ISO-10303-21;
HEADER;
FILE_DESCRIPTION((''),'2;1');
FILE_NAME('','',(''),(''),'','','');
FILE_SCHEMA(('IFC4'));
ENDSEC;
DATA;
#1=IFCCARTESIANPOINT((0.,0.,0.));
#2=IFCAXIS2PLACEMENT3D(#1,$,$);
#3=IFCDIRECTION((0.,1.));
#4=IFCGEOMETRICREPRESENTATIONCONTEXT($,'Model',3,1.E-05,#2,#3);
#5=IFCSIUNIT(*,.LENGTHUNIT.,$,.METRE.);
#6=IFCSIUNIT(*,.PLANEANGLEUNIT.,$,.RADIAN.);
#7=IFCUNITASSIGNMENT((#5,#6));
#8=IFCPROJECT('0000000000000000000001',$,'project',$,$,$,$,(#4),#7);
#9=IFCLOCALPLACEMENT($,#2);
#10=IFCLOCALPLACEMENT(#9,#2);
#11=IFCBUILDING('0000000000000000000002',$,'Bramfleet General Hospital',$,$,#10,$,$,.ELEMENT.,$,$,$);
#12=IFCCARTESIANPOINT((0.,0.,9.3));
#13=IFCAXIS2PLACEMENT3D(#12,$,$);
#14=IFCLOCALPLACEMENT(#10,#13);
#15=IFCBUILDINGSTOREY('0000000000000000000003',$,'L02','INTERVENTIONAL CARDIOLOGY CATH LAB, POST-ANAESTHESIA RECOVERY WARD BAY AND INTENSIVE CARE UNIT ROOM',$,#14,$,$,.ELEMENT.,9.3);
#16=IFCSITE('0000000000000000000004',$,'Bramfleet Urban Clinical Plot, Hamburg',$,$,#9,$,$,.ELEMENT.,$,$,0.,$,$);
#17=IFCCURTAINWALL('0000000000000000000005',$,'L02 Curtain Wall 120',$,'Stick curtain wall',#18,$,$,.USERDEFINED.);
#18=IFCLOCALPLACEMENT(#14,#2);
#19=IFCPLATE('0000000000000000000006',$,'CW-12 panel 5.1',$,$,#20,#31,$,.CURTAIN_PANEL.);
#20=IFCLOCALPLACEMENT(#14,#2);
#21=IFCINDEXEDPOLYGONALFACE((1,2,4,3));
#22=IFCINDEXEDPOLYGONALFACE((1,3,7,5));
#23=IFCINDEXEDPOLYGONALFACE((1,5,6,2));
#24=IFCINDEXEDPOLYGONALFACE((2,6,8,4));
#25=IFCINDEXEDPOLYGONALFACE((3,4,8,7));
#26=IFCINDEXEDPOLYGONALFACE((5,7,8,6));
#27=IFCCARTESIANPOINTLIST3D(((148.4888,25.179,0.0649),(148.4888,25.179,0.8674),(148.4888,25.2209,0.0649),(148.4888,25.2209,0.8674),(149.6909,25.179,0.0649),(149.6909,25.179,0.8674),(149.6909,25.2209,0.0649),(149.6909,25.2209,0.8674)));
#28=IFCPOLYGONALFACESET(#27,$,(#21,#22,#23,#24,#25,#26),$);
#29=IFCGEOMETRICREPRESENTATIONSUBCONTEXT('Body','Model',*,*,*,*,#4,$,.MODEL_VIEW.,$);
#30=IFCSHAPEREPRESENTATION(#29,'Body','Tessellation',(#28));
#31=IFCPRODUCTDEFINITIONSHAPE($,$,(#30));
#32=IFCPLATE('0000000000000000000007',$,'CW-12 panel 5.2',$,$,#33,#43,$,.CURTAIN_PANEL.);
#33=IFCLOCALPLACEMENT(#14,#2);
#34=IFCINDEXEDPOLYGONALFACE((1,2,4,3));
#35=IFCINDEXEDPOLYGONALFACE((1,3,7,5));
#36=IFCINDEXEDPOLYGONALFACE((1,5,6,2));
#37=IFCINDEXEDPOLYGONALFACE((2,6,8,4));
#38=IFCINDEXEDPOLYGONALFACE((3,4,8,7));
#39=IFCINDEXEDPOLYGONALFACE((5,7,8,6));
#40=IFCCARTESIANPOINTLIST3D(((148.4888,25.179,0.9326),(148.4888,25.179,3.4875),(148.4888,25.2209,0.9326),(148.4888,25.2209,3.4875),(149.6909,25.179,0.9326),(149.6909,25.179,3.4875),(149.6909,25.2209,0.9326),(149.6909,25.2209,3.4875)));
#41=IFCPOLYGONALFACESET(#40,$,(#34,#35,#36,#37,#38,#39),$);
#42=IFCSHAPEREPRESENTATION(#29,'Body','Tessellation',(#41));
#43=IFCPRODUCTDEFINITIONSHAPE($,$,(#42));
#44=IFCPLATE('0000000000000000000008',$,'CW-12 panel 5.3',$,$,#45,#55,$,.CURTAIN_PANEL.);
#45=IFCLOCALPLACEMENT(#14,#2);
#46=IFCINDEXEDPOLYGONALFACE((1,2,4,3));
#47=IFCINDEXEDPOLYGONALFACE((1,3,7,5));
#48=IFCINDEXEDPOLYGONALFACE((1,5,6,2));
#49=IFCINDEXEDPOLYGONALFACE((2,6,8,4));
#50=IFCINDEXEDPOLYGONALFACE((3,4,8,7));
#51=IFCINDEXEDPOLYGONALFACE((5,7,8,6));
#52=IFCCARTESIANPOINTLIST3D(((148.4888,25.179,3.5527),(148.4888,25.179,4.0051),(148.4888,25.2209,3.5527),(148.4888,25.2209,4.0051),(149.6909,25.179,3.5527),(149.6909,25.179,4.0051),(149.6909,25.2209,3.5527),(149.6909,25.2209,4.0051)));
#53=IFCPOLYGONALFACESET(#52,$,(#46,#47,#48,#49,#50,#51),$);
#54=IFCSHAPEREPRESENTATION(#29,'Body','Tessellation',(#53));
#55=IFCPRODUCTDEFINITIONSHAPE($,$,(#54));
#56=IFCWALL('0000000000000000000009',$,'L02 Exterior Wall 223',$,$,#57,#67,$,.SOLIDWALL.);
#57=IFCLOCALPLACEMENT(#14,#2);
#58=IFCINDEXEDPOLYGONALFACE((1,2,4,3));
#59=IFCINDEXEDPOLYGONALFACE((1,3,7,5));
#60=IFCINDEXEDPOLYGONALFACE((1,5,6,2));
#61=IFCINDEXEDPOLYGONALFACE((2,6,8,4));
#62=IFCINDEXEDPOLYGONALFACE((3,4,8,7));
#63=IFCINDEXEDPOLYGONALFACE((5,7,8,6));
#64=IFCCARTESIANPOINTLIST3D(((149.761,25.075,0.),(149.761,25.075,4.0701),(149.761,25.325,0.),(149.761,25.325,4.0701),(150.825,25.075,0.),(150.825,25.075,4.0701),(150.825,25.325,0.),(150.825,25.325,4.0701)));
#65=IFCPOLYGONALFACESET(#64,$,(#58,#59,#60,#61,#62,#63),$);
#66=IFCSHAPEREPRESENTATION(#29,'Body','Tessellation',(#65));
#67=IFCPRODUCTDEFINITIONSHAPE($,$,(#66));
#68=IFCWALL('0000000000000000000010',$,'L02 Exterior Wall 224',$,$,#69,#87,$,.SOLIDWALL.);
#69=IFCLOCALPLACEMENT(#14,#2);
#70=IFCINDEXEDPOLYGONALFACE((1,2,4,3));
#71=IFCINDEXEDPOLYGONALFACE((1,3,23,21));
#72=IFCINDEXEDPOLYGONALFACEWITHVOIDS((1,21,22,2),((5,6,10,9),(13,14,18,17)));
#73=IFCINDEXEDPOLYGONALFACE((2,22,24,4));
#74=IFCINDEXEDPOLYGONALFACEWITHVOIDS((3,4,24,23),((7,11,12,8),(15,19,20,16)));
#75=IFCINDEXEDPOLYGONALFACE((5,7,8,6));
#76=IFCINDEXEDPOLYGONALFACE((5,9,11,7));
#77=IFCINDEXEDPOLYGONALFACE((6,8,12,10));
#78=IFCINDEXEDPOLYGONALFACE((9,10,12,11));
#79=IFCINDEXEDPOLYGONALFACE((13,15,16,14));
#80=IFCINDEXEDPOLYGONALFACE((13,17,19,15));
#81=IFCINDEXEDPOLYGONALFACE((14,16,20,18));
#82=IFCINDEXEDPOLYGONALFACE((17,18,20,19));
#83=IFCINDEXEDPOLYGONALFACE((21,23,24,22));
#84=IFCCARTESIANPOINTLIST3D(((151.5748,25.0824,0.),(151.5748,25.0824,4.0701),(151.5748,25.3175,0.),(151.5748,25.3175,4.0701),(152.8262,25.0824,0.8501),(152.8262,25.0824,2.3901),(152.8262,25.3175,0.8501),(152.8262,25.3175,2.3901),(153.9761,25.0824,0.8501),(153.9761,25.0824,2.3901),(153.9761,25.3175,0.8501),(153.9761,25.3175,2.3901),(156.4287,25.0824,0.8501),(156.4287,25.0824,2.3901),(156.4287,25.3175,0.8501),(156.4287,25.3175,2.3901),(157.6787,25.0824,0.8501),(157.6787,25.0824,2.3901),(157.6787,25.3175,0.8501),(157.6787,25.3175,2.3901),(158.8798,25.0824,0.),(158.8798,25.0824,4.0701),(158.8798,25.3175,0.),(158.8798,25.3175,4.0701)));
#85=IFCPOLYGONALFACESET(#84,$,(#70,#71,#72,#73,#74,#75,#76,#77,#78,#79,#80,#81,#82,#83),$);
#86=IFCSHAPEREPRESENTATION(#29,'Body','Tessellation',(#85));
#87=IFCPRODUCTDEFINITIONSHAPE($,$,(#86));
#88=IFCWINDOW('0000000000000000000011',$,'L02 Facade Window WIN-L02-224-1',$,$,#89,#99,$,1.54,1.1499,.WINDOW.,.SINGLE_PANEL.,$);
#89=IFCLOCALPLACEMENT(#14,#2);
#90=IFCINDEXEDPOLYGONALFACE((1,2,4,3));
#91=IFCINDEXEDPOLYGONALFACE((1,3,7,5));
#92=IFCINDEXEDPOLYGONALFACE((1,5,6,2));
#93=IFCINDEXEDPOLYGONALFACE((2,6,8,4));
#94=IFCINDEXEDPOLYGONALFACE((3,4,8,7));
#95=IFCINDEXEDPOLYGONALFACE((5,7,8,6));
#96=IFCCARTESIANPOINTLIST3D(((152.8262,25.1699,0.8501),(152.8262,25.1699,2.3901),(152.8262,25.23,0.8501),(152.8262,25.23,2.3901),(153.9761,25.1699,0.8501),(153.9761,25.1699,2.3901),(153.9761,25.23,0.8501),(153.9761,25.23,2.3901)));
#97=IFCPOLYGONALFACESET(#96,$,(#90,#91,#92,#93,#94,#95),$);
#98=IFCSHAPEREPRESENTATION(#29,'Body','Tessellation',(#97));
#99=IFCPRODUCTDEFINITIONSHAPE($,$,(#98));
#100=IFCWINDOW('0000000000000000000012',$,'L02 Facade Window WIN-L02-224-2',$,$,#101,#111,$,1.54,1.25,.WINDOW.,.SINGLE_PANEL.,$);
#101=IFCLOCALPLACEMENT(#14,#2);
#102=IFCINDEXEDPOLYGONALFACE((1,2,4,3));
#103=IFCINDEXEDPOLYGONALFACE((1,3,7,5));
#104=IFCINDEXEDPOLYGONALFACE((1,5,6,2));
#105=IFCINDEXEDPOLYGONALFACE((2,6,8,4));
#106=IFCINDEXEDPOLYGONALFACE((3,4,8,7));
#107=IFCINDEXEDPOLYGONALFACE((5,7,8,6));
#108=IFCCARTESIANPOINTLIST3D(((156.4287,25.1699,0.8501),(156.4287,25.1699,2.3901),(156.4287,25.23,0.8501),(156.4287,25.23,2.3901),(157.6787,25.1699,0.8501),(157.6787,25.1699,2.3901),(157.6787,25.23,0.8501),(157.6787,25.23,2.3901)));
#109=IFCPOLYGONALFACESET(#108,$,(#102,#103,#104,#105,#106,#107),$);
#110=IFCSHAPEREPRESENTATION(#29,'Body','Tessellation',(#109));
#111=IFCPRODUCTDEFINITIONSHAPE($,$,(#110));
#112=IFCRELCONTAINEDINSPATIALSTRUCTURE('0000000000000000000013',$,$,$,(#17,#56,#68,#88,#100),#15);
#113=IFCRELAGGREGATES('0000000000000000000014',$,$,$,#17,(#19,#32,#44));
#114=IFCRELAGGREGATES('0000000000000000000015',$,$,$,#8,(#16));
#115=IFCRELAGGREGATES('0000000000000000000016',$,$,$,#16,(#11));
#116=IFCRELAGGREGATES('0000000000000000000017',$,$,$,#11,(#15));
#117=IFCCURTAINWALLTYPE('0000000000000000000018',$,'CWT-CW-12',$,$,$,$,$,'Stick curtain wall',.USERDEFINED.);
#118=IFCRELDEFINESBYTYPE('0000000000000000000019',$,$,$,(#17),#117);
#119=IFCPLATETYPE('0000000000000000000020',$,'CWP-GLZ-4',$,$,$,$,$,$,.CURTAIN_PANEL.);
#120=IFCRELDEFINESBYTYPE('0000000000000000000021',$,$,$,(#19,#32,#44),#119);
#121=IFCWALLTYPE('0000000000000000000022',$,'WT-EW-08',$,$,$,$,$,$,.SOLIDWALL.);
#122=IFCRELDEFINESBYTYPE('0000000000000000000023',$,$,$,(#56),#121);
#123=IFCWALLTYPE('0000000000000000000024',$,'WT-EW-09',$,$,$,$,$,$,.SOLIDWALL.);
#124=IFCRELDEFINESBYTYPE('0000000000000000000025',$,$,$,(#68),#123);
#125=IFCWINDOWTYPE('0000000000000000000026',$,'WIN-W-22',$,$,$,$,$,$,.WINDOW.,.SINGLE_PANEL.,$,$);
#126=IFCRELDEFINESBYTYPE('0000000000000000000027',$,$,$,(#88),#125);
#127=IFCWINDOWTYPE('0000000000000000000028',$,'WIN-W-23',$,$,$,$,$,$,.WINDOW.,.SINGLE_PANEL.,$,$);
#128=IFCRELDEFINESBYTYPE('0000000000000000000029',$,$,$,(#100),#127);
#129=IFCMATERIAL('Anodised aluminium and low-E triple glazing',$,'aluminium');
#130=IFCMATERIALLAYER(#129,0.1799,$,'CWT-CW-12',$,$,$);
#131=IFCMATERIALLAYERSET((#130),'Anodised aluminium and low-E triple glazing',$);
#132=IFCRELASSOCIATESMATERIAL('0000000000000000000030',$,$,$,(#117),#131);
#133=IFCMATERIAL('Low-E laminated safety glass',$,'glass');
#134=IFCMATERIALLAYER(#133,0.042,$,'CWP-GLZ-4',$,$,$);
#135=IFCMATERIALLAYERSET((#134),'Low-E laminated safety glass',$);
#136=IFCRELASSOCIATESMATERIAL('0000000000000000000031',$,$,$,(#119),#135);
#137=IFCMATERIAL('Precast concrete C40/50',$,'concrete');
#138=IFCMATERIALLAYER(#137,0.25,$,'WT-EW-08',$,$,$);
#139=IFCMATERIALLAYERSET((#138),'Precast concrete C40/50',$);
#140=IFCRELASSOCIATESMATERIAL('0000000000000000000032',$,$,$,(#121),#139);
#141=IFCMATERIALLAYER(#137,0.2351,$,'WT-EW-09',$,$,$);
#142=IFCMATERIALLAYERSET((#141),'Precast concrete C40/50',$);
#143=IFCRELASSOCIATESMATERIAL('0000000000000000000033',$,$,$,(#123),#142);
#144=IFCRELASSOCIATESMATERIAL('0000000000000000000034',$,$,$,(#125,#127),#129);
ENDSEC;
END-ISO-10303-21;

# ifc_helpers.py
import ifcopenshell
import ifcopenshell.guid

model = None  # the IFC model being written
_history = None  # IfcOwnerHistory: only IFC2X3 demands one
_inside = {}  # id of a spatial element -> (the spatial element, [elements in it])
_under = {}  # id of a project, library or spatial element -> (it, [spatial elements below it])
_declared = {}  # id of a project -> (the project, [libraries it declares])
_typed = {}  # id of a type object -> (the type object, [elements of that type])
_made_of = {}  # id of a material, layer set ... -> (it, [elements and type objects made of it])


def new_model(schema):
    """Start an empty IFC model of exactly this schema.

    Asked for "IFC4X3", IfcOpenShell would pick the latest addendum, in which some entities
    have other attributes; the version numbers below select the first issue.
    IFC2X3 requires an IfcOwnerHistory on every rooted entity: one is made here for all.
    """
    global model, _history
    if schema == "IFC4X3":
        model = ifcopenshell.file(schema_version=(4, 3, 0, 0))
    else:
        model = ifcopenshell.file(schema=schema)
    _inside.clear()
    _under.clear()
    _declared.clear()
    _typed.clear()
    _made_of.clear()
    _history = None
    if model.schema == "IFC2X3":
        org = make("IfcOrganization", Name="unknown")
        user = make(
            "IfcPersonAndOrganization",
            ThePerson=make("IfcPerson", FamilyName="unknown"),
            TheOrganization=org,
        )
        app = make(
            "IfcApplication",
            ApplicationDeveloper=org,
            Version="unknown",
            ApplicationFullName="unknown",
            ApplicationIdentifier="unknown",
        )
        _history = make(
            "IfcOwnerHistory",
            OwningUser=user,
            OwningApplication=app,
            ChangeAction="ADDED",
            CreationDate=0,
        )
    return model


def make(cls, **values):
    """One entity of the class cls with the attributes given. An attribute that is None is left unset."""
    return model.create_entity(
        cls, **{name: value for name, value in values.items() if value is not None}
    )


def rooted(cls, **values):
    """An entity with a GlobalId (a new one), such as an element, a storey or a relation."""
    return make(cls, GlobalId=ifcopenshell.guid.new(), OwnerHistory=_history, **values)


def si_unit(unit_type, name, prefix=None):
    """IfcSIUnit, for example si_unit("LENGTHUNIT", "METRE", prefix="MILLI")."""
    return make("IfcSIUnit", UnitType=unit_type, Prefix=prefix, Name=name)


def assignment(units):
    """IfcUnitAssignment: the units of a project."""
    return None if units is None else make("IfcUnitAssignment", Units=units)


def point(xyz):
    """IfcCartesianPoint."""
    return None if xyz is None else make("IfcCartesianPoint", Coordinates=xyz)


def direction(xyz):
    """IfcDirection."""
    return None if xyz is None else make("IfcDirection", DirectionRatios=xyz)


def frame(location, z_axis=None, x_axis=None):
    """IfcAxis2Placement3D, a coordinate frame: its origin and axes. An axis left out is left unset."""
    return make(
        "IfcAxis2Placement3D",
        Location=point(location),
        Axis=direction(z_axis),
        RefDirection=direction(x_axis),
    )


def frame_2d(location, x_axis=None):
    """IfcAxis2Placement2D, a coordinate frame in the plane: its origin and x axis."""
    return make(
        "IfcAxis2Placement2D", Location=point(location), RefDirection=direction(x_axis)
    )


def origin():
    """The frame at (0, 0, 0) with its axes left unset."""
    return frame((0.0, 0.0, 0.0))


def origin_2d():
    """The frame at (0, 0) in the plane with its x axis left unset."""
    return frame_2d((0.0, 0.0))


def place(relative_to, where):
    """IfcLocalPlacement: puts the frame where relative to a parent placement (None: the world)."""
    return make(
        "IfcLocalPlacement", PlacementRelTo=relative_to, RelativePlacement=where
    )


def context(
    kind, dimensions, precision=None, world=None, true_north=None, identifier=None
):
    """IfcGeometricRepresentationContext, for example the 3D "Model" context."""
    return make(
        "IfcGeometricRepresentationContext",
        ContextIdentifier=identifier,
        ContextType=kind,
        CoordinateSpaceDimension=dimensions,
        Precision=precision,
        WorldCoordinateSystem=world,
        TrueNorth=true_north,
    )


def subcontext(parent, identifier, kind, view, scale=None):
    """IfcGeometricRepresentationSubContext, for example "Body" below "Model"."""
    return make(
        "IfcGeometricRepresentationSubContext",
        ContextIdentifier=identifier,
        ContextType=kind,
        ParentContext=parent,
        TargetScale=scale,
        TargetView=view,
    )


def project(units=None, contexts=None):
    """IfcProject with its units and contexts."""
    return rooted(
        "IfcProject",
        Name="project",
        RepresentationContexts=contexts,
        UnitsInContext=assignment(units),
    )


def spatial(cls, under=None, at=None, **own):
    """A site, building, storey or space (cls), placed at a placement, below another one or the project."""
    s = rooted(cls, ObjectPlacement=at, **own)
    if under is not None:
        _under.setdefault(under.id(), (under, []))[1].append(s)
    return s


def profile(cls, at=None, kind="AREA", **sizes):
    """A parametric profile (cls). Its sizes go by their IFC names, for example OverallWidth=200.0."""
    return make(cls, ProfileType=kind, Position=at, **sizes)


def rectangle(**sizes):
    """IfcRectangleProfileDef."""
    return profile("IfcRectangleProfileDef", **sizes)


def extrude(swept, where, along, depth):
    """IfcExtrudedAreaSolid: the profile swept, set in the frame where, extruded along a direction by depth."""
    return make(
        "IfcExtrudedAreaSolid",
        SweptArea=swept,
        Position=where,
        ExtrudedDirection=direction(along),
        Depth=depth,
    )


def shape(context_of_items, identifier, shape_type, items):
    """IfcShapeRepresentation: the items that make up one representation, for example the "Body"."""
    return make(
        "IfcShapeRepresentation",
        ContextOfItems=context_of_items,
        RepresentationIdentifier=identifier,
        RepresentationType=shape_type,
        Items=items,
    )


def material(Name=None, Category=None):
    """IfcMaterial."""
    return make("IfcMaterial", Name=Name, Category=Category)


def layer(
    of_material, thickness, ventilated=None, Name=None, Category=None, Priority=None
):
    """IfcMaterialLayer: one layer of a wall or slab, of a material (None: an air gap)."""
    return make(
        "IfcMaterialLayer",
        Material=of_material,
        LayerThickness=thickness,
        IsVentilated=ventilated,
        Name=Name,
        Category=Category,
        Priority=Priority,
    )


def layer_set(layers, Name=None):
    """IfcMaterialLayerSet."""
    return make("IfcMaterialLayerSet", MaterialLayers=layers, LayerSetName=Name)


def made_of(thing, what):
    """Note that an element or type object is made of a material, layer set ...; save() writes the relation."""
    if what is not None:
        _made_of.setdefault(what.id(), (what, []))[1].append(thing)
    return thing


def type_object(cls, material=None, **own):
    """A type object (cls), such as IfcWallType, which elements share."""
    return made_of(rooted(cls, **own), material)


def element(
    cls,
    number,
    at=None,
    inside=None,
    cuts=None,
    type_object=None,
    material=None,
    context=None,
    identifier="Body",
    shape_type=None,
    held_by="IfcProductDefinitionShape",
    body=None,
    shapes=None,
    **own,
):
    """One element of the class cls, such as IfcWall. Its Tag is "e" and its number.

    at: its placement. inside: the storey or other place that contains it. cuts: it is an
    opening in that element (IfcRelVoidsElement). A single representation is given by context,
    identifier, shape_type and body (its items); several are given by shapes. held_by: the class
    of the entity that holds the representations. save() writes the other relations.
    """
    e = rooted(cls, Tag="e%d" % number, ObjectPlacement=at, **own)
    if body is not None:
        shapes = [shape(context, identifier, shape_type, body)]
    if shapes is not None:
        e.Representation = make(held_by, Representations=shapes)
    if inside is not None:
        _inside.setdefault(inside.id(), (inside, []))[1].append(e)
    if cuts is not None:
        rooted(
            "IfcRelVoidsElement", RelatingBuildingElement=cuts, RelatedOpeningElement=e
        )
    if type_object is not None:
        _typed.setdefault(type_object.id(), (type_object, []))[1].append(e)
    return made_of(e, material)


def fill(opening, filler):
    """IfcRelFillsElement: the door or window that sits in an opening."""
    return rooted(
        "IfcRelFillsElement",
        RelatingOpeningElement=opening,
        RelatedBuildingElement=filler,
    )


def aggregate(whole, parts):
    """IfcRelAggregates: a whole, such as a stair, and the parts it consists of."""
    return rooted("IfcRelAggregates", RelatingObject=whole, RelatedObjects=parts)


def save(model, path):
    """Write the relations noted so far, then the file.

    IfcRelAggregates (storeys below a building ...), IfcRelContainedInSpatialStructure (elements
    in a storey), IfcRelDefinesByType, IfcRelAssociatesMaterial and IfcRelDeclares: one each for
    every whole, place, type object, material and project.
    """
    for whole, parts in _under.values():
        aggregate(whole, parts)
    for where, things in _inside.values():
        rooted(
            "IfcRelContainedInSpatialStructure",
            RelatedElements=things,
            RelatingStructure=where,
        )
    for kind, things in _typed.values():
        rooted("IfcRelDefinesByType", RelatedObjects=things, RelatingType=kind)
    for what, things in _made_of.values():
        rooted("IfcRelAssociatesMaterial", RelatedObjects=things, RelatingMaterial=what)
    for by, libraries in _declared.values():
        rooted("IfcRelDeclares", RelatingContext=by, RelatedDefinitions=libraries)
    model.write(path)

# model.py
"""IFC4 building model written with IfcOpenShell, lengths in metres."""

from ifc_helpers import new_model, si_unit, direction, frame, frame_2d, origin, origin_2d, place, context, subcontext, project, spatial, rectangle, extrude, material, layer, layer_set, type_object, element, fill, aggregate, save


model = new_model("IFC4")

# Units and contexts
model_context = context("Model", 3, precision=1e-05, world=origin(), true_north=direction((0.0, 1.0)))
body_context = subcontext(model_context, "Body", "Model", "MODEL_VIEW")
ifc_project = project(units=[si_unit("LENGTHUNIT", "METRE"), si_unit("PLANEANGLEUNIT", "RADIAN")], contexts=[model_context])

# Site, building, storey
site_placement = place(None, origin())
site = spatial("IfcSite", under=ifc_project, at=site_placement, Name="Bramfleet Urban Clinical Plot, Hamburg", CompositionType="ELEMENT", RefElevation=0.0)
building_placement = place(site_placement, origin())
building = spatial("IfcBuilding", under=site, at=building_placement, Name="Bramfleet General Hospital", CompositionType="ELEMENT")
storey_placement = place(building_placement, frame((0.0, 0.0, 9.3)))
storey = spatial("IfcBuildingStorey", under=building, at=storey_placement, Name="L02", Description="INTERVENTIONAL CARDIOLOGY CATH LAB, POST-ANAESTHESIA RECOVERY WARD BAY AND INTENSIVE CARE UNIT ROOM", CompositionType="ELEMENT", Elevation=9.3)

# Curtain wall, plates
ifc_material_1 = material(Name="Anodised aluminium and low-E triple glazing", Category="aluminium")
ifc_layer_1 = layer(ifc_material_1, 0.1799, Name="CWT-CW-12")
ifc_layer_set_1 = layer_set([ifc_layer_1], Name="Anodised aluminium and low-E triple glazing")
curtain_wall_type = type_object("IfcCurtainWallType", Name="CWT-CW-12", ElementType="Stick curtain wall", PredefinedType="USERDEFINED", material=ifc_layer_set_1)
curtain_wall_placement = place(storey_placement, origin())
curtain_wall = element("IfcCurtainWall", 1, at=curtain_wall_placement, inside=storey, type_object=curtain_wall_type, Name="L02 Curtain Wall 120", ObjectType="Stick curtain wall", PredefinedType="USERDEFINED")
ifc_material_2 = material(Name="Low-E laminated safety glass", Category="glass")
ifc_layer_2 = layer(ifc_material_2, 0.042, Name="CWP-GLZ-4")
ifc_layer_set_2 = layer_set([ifc_layer_2], Name="Low-E laminated safety glass")
plate_type = type_object("IfcPlateType", Name="CWP-GLZ-4", PredefinedType="CURTAIN_PANEL", material=ifc_layer_set_2)
plate_1_placement = place(storey_placement, frame((149.0898, 25.2, 0.0649), z_axis=(0.0, 0.0, 1.0), x_axis=(1.0, 0.0, 0.0)))
plate_1 = element("IfcPlate", 2, at=plate_1_placement, type_object=plate_type, Name="CW-12 panel 5.1", PredefinedType="CURTAIN_PANEL", context=body_context, shape_type="SweptSolid", body=[
    extrude(rectangle(XDim=1.2021, YDim=0.042, at=origin_2d()), origin(), (0.0, 0.0, 1.0), 0.8025),
])
plate_2_placement = place(storey_placement, frame((149.0898, 25.2, 0.9326), z_axis=(0.0, 0.0, 1.0), x_axis=(1.0, 0.0, 0.0)))
plate_2 = element("IfcPlate", 3, at=plate_2_placement, type_object=plate_type, Name="CW-12 panel 5.2", PredefinedType="CURTAIN_PANEL", context=body_context, shape_type="SweptSolid", body=[
    extrude(rectangle(XDim=1.2021, YDim=0.042, at=origin_2d()), origin(), (0.0, 0.0, 1.0), 2.5549),
])
plate_3_placement = place(storey_placement, frame((149.0898, 25.2, 3.5527), z_axis=(0.0, 0.0, 1.0), x_axis=(1.0, 0.0, 0.0)))
plate_3 = element("IfcPlate", 4, at=plate_3_placement, type_object=plate_type, Name="CW-12 panel 5.3", PredefinedType="CURTAIN_PANEL", context=body_context, shape_type="SweptSolid", body=[
    extrude(rectangle(XDim=1.2021, YDim=0.042, at=origin_2d()), origin(), (0.0, 0.0, 1.0), 0.4524),
])
aggregate(curtain_wall, [plate_1, plate_2, plate_3])

# Wall
ifc_material_3 = material(Name="Precast concrete C40/50", Category="concrete")
ifc_layer_3 = layer(ifc_material_3, 0.25, Name="WT-EW-08")
ifc_layer_set_3 = layer_set([ifc_layer_3], Name="Precast concrete C40/50")
wall_type_1 = type_object("IfcWallType", Name="WT-EW-08", PredefinedType="SOLIDWALL", material=ifc_layer_set_3)
wall_1_placement = place(storey_placement, frame((149.761, 25.2, 0.0), z_axis=(0.0, 0.0, 1.0), x_axis=(1.0, 0.0, 0.0)))
element("IfcWall", 5, at=wall_1_placement, inside=storey, type_object=wall_type_1, Name="L02 Exterior Wall 223", PredefinedType="SOLIDWALL", context=body_context, shape_type="SweptSolid", body=[
    extrude(rectangle(XDim=1.064, YDim=0.25, at=frame_2d((0.532, 0.0))), origin(), (0.0, 0.0, 1.0), 4.0701),
])

# Wall, openings, windows
ifc_layer_4 = layer(ifc_material_3, 0.2351, Name="WT-EW-09")
ifc_layer_set_4 = layer_set([ifc_layer_4], Name="Precast concrete C40/50")
wall_type_2 = type_object("IfcWallType", Name="WT-EW-09", PredefinedType="SOLIDWALL", material=ifc_layer_set_4)
wall_2_placement = place(storey_placement, frame((151.575, 25.2, 0.0), z_axis=(0.0, 0.0, 1.0), x_axis=(1.0, 0.0, 0.0)))
wall_2 = element("IfcWall", 6, at=wall_2_placement, inside=storey, type_object=wall_type_2, Name="L02 Exterior Wall 224", PredefinedType="SOLIDWALL", context=body_context, shape_type="SweptSolid", body=[
    extrude(rectangle(XDim=7.3049, YDim=0.2351, at=frame_2d((3.6523, 0.0))), origin(), (0.0, 0.0, 1.0), 4.0701),
])
opening_1_placement = place(wall_2_placement, frame((1.2512, 0.0, 0.8501)))
opening_1 = element("IfcOpeningElement", 7, at=opening_1_placement, cuts=wall_2, PredefinedType="OPENING", context=body_context, shape_type="SweptSolid", body=[
    extrude(rectangle(XDim=1.1499, YDim=1.54, at=frame_2d((0.575, 0.77))), frame((0.0, 0.1274, 0.0), z_axis=(0.0, -1.0, 0.0), x_axis=(1.0, 0.0, 0.0)), (0.0, 0.0, 1.0), 0.2551),
])
opening_2_placement = place(wall_2_placement, frame((4.8538, 0.0, 0.8501)))
opening_2 = element("IfcOpeningElement", 8, at=opening_2_placement, cuts=wall_2, PredefinedType="OPENING", context=body_context, shape_type="SweptSolid", body=[
    extrude(rectangle(XDim=1.25, YDim=1.54, at=frame_2d((0.625, 0.77))), frame((0.0, 0.1274, 0.0), z_axis=(0.0, -1.0, 0.0), x_axis=(1.0, 0.0, 0.0)), (0.0, 0.0, 1.0), 0.2551),
])
window_type_1 = type_object("IfcWindowType", Name="WIN-W-22", PartitioningType="SINGLE_PANEL", PredefinedType="WINDOW", material=ifc_material_1)
window_1_placement = place(opening_1_placement, origin())
window_1 = element("IfcWindow", 9, at=window_1_placement, inside=storey, type_object=window_type_1, Name="L02 Facade Window WIN-L02-224-1", OverallHeight=1.54, OverallWidth=1.1499, PartitioningType="SINGLE_PANEL", PredefinedType="WINDOW", context=body_context, shape_type="SweptSolid", body=[
    extrude(rectangle(XDim=1.1499, YDim=1.54, at=frame_2d((0.575, 0.77))), frame((0.0, 0.03, 0.0), z_axis=(0.0, -1.0, 0.0), x_axis=(1.0, 0.0, 0.0)), (0.0, 0.0, 1.0), 0.0601),
])
fill(opening_1, window_1)
window_type_2 = type_object("IfcWindowType", Name="WIN-W-23", PartitioningType="SINGLE_PANEL", PredefinedType="WINDOW", material=ifc_material_1)
window_2_placement = place(opening_2_placement, origin())
window_2 = element("IfcWindow", 10, at=window_2_placement, inside=storey, type_object=window_type_2, Name="L02 Facade Window WIN-L02-224-2", OverallHeight=1.54, OverallWidth=1.25, PartitioningType="SINGLE_PANEL", PredefinedType="WINDOW", context=body_context, shape_type="SweptSolid", body=[
    extrude(rectangle(XDim=1.25, YDim=1.54, at=frame_2d((0.625, 0.77))), frame((0.0, 0.03, 0.0), z_axis=(0.0, -1.0, 0.0), x_axis=(1.0, 0.0, 0.0)), (0.0, 0.0, 1.0), 0.0601),
])
fill(opening_2, window_2)

save(model, "model.ifc")
